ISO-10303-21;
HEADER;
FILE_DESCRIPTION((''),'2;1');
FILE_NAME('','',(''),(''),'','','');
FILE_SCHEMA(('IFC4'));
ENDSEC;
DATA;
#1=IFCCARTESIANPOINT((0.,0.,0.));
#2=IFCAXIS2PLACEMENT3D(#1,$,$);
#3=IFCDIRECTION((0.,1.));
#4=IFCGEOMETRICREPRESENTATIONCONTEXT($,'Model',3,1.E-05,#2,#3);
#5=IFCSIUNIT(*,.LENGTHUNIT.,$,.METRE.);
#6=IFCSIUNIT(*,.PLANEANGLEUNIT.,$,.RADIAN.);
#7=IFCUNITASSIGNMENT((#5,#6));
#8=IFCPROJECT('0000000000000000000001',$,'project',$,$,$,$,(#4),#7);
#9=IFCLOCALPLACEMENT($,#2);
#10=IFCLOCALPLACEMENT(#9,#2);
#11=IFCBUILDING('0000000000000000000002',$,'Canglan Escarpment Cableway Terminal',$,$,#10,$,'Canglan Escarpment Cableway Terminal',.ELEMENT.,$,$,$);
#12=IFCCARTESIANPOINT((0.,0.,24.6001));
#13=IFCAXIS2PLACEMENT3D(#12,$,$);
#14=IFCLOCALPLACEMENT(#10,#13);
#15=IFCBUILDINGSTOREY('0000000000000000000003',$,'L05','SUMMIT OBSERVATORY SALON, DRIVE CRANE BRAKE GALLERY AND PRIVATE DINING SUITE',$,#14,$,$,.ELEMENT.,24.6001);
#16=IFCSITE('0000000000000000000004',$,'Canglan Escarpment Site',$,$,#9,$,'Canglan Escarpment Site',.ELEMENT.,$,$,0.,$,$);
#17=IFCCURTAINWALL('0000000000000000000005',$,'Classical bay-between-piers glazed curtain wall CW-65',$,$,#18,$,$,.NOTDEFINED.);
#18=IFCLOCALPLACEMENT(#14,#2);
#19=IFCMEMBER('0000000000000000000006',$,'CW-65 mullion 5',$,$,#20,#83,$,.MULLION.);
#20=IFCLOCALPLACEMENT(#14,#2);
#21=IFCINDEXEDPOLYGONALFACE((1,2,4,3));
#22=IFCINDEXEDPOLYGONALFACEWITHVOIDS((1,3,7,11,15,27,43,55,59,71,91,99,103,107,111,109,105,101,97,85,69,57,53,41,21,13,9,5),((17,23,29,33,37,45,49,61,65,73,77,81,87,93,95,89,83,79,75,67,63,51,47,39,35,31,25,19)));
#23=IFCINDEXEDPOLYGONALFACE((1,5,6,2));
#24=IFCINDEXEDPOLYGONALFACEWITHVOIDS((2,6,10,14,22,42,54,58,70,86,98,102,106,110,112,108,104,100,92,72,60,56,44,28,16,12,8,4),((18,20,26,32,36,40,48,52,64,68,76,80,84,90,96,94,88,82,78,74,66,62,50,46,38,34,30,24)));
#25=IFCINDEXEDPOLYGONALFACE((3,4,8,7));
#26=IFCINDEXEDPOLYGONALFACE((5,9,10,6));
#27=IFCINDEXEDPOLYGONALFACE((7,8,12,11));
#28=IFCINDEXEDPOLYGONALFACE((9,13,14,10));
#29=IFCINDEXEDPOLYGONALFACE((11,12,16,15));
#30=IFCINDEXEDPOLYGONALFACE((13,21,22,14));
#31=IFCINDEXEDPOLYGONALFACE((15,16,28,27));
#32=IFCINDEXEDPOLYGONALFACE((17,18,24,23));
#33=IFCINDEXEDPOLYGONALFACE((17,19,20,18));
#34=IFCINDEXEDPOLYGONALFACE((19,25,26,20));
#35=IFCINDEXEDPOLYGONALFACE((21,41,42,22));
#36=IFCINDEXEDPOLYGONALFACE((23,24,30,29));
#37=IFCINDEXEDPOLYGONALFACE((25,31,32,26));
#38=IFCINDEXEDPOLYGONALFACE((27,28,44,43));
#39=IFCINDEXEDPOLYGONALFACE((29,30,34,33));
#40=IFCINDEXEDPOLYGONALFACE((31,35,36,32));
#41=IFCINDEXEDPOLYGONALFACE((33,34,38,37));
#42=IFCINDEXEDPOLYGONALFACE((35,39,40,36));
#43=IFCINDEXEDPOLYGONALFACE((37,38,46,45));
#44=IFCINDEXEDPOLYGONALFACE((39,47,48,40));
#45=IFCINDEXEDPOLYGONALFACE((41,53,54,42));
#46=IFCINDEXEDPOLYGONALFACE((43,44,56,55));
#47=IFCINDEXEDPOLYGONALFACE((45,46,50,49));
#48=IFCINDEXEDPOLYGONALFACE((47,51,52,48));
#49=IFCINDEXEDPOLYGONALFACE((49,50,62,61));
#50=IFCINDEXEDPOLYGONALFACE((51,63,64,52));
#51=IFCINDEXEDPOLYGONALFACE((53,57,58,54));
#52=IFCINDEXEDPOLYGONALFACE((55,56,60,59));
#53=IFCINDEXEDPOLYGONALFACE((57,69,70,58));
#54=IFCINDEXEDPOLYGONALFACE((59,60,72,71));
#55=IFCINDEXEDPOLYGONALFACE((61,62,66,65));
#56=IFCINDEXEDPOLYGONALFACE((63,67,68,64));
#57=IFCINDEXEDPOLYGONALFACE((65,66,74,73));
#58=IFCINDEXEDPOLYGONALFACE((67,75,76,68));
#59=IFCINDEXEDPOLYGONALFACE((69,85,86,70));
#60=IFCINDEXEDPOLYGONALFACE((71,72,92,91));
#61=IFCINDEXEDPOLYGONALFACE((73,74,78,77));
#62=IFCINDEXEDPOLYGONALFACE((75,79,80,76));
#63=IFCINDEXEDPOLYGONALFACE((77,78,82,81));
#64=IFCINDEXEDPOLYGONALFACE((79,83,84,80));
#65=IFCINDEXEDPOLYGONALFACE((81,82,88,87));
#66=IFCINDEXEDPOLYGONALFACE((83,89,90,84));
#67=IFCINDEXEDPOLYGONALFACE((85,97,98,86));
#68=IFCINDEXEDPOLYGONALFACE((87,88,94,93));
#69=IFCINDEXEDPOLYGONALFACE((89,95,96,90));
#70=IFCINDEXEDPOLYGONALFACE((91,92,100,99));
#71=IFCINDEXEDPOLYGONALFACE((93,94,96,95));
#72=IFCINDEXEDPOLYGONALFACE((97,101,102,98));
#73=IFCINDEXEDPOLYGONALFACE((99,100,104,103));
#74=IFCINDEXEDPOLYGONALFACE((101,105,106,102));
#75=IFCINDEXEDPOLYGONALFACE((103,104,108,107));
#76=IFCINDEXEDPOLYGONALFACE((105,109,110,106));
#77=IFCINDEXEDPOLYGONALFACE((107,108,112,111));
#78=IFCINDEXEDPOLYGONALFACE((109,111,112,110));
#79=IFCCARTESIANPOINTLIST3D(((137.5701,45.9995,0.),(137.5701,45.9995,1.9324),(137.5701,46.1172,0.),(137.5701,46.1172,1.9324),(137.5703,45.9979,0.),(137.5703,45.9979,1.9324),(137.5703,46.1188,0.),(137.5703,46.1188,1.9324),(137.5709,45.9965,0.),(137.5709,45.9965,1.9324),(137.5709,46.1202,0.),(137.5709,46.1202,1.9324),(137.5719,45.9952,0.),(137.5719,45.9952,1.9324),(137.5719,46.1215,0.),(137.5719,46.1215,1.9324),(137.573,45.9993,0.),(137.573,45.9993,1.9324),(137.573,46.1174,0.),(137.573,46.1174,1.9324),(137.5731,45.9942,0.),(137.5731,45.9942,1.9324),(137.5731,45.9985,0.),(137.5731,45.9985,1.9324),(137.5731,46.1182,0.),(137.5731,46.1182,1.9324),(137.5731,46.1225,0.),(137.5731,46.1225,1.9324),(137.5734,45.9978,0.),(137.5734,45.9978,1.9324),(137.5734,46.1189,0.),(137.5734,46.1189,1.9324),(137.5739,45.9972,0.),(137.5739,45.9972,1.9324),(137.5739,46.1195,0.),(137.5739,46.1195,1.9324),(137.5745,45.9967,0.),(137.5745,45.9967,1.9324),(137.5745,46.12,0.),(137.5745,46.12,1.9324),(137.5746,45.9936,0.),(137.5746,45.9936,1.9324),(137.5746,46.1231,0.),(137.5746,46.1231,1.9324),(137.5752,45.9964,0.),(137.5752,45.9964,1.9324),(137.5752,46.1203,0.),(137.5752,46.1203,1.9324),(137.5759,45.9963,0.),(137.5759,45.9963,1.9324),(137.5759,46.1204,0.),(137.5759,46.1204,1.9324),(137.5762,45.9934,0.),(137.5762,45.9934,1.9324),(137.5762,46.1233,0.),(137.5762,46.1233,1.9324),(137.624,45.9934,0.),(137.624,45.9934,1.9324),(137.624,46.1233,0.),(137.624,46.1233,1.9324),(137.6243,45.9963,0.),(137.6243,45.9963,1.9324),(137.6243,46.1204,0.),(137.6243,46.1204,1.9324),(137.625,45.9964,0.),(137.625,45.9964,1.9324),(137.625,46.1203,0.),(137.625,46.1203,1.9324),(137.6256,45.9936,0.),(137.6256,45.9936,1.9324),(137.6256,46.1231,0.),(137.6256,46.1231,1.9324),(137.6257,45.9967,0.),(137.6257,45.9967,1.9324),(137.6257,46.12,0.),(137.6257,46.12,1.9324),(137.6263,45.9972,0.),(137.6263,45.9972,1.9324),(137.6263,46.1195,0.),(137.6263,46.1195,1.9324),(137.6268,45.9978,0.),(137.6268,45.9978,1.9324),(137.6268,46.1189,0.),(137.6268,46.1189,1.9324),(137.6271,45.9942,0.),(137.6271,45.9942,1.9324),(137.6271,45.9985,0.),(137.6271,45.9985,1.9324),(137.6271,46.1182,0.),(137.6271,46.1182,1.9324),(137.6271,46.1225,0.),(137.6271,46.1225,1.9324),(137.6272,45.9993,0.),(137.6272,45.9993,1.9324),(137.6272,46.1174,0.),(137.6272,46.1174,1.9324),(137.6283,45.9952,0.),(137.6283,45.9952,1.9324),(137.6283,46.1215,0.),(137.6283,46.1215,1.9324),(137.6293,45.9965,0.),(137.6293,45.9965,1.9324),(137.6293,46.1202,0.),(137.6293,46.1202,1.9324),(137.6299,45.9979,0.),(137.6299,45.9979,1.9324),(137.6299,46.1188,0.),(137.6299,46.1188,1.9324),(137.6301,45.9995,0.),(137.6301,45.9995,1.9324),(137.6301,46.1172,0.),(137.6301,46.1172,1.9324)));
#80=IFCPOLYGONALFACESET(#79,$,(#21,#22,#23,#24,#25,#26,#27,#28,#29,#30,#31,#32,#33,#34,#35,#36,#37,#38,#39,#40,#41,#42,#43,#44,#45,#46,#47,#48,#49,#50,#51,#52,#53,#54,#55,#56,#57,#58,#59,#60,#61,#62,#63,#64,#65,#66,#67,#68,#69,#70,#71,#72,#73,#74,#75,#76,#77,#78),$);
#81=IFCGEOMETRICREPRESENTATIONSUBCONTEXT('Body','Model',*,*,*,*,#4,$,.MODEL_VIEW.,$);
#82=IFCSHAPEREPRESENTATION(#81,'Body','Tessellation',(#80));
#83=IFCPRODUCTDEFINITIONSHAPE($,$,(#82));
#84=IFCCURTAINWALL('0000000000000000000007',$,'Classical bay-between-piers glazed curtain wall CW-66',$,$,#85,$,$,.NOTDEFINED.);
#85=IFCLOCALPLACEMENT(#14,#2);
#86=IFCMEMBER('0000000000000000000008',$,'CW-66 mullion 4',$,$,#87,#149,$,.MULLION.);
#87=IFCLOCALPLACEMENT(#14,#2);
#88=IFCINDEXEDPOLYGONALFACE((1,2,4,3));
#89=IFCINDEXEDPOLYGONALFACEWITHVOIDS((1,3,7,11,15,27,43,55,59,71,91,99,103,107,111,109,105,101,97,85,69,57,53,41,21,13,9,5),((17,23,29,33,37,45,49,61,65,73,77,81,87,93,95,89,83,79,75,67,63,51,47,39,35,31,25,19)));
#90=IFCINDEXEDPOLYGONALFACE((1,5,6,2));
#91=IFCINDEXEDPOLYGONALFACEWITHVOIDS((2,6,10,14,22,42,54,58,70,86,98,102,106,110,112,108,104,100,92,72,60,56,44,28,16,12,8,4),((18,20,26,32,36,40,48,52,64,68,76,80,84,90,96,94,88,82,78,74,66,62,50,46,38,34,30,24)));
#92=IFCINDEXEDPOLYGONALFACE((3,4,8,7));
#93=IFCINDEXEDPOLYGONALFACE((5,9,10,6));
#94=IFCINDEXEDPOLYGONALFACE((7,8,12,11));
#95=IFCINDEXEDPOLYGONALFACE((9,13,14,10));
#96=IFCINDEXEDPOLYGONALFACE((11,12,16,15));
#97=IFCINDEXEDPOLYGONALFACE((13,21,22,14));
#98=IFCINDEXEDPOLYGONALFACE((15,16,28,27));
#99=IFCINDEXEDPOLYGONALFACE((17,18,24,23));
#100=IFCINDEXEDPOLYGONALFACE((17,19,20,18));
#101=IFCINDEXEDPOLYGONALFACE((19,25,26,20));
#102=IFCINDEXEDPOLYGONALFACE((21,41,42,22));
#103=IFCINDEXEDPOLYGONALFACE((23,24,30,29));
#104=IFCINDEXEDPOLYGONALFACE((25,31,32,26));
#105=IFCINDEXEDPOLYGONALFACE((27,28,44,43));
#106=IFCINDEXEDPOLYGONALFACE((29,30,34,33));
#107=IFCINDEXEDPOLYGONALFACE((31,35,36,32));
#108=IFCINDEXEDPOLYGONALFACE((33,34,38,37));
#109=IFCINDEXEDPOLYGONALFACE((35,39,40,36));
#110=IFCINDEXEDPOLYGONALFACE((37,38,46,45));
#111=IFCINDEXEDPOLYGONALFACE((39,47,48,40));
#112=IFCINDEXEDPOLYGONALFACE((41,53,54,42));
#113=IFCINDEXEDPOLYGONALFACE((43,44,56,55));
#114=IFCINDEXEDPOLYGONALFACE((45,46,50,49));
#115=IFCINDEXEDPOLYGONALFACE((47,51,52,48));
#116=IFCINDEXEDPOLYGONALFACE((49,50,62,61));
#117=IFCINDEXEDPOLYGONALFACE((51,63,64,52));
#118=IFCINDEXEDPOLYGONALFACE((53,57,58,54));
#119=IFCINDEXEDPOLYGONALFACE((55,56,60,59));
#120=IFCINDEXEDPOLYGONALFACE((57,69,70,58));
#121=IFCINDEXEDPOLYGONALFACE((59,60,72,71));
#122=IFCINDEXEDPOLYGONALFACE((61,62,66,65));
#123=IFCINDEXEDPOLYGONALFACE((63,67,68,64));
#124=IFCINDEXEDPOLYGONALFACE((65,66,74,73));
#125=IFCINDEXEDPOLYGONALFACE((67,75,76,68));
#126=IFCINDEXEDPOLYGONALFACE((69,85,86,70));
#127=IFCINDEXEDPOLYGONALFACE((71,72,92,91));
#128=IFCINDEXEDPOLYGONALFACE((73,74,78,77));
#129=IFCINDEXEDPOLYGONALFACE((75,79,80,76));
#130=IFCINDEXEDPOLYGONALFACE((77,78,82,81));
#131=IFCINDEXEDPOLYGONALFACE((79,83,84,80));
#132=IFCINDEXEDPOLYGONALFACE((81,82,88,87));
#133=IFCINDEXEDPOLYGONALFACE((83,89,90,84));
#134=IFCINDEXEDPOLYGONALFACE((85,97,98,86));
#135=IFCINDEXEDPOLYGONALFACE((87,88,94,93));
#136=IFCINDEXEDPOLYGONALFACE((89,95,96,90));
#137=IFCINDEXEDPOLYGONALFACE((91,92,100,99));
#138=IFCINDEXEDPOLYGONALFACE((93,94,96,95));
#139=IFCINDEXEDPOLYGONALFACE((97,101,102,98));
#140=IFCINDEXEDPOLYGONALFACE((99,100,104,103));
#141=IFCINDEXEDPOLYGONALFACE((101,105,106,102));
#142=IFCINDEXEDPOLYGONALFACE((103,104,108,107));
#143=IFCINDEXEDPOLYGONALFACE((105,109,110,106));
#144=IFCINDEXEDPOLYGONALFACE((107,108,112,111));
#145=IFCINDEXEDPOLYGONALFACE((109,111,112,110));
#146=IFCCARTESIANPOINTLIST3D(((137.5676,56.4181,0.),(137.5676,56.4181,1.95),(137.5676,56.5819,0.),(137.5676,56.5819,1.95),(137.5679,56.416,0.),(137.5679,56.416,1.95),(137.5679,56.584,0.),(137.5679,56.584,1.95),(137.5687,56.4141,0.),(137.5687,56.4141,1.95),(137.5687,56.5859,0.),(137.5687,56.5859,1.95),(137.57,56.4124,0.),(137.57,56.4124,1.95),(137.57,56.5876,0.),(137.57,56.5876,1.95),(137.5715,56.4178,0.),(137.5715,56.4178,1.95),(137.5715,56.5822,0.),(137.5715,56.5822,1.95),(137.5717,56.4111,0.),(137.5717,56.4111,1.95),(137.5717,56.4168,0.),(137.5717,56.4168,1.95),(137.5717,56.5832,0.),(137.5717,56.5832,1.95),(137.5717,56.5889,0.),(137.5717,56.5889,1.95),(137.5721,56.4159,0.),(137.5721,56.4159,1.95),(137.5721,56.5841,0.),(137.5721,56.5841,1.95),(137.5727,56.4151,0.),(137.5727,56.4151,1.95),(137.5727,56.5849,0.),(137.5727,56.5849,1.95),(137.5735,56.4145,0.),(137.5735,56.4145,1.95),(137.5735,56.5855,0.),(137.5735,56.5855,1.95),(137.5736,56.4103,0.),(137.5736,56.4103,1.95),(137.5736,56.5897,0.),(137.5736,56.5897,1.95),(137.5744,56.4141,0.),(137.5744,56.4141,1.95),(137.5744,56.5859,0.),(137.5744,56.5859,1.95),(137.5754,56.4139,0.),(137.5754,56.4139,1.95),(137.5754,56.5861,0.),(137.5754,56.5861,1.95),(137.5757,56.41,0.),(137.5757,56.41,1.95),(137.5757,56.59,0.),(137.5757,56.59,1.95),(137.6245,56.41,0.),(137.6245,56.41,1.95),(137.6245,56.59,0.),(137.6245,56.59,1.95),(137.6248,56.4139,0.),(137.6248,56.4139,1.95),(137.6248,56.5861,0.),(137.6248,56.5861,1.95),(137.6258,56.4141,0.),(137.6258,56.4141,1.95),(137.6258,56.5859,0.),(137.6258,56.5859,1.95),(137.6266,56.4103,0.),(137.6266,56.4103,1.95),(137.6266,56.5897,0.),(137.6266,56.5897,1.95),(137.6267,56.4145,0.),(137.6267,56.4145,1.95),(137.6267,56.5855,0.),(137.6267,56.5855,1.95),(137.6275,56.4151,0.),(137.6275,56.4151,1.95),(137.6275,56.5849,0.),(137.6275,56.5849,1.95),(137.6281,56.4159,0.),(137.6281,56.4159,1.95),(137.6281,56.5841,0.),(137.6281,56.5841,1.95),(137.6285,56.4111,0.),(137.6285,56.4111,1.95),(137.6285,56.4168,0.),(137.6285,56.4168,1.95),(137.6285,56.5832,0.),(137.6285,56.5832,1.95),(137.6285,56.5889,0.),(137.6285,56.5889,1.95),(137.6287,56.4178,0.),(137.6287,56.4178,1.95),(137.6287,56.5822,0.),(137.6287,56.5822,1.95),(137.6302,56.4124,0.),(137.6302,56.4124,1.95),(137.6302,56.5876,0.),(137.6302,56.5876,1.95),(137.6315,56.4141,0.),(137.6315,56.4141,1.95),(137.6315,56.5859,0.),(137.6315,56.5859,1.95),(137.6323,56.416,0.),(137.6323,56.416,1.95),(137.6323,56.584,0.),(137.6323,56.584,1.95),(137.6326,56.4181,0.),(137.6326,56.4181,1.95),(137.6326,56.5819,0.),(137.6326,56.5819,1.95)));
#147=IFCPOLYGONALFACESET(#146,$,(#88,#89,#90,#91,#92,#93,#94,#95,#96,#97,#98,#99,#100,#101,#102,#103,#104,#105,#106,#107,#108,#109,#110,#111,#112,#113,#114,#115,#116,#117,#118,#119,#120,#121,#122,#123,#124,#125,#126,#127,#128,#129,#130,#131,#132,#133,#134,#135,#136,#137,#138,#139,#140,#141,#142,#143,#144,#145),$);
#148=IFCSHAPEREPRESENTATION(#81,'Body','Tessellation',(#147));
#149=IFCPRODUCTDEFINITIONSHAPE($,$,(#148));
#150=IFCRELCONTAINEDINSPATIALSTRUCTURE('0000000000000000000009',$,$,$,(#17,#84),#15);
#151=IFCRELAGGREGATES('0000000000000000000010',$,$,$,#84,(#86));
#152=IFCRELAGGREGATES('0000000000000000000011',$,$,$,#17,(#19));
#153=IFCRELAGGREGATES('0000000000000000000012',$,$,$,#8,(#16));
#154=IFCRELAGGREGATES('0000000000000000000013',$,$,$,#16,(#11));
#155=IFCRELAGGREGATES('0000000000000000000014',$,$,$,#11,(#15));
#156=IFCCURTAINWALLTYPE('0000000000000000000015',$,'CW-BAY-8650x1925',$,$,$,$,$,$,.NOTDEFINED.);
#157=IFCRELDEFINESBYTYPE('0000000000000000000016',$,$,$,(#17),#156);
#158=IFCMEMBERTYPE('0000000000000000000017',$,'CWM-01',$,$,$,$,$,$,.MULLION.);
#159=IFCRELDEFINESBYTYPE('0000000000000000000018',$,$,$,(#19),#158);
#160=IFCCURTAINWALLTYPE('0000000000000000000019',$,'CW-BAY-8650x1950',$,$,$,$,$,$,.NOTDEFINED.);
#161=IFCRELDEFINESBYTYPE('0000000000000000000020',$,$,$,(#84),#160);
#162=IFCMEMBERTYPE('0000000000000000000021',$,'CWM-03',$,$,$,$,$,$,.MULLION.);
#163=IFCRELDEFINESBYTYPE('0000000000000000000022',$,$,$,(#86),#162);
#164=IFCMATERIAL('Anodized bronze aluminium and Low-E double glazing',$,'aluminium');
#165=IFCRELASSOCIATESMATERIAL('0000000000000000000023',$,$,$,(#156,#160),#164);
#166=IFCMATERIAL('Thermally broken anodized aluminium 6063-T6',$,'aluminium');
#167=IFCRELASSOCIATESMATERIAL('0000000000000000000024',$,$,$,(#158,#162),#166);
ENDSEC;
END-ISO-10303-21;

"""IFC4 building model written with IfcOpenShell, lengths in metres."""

from ifc_helpers import new_model, si_unit, direction, frame, origin, origin_2d, place, context, subcontext, project, spatial, hollow_rectangle, extrude, material, material_profile, profile_set, type_object, element, aggregate, save


model = new_model("IFC4")

# Units and contexts
model_context = context("Model", 3, precision=1e-05, world=origin(), true_north=direction((0.0, 1.0)))
body_context = subcontext(model_context, "Body", "Model", "MODEL_VIEW")
ifc_project = project(units=[si_unit("LENGTHUNIT", "METRE"), si_unit("PLANEANGLEUNIT", "RADIAN")], contexts=[model_context])

# Site, building, storey
site_placement = place(None, origin())
site = spatial("IfcSite", under=ifc_project, at=site_placement, Name="Canglan Escarpment Site", LongName="Canglan Escarpment Site", CompositionType="ELEMENT", RefElevation=0.0)
building_placement = place(site_placement, origin())
building = spatial("IfcBuilding", under=site, at=building_placement, Name="Canglan Escarpment Cableway Terminal", LongName="Canglan Escarpment Cableway Terminal", CompositionType="ELEMENT")
storey_placement = place(building_placement, frame((0.0, 0.0, 24.6001)))
storey = spatial("IfcBuildingStorey", under=building, at=storey_placement, Name="L05", Description="SUMMIT OBSERVATORY SALON, DRIVE CRANE BRAKE GALLERY AND PRIVATE DINING SUITE", CompositionType="ELEMENT", Elevation=24.6001)

# Curtain walls, members
ifc_material_1 = material(Name="Anodized bronze aluminium and Low-E double glazing", Category="aluminium")
curtain_wall_type_1 = type_object("IfcCurtainWallType", Name="CW-BAY-8650x1925", PredefinedType="NOTDEFINED", material=ifc_material_1)
curtain_wall_1_placement = place(storey_placement, origin())
curtain_wall_1 = element("IfcCurtainWall", 1, at=curtain_wall_1_placement, inside=storey, type_object=curtain_wall_type_1, Name="Classical bay-between-piers glazed curtain wall CW-65", PredefinedType="NOTDEFINED")
ifc_material_2 = material(Name="Thermally broken anodized aluminium 6063-T6", Category="aluminium")
ifc_material_profile_1 = material_profile(ifc_material_2, hollow_rectangle(XDim=0.0601, YDim=0.1299, WallThickness=0.0029, InnerFilletRadius=0.0029, OuterFilletRadius=0.0061, at=origin_2d()), Name="ALU-MULL 60x130x3")
ifc_profile_set_1 = profile_set([ifc_material_profile_1], Name="Thermally broken anodized aluminium 6063-T6")
member_type_1 = type_object("IfcMemberType", Name="CWM-01", PredefinedType="MULLION", material=ifc_profile_set_1)
member_1_placement = place(storey_placement, frame((137.6001, 46.0583, 0.0), z_axis=(0.0, 0.0, 1.0), x_axis=(1.0, 0.0, 0.0)))
member_1 = element("IfcMember", 2, at=member_1_placement, type_object=member_type_1, Name="CW-65 mullion 5", PredefinedType="MULLION", context=body_context, shape_type="SweptSolid", body=[
    extrude(hollow_rectangle(XDim=0.0601, YDim=0.1299, WallThickness=0.0029, InnerFilletRadius=0.0029, OuterFilletRadius=0.0061, at=origin_2d()), origin(), (0.0, 0.0, 1.0), 1.9324),
])
curtain_wall_type_2 = type_object("IfcCurtainWallType", Name="CW-BAY-8650x1950", PredefinedType="NOTDEFINED", material=ifc_material_1)
curtain_wall_2_placement = place(storey_placement, origin())
curtain_wall_2 = element("IfcCurtainWall", 3, at=curtain_wall_2_placement, inside=storey, type_object=curtain_wall_type_2, Name="Classical bay-between-piers glazed curtain wall CW-66", PredefinedType="NOTDEFINED")
ifc_material_profile_2 = material_profile(ifc_material_2, hollow_rectangle(XDim=0.0649, YDim=0.1799, WallThickness=0.0039, InnerFilletRadius=0.0039, OuterFilletRadius=0.0081, at=origin_2d()), Name="ALU-MULL 65x180x4")
ifc_profile_set_2 = profile_set([ifc_material_profile_2], Name="Thermally broken anodized aluminium 6063-T6")
member_type_2 = type_object("IfcMemberType", Name="CWM-03", PredefinedType="MULLION", material=ifc_profile_set_2)
member_2_placement = place(storey_placement, frame((137.6001, 56.5, 0.0), z_axis=(0.0, 0.0, 1.0), x_axis=(1.0, 0.0, 0.0)))
member_2 = element("IfcMember", 4, at=member_2_placement, type_object=member_type_2, Name="CW-66 mullion 4", PredefinedType="MULLION", context=body_context, shape_type="SweptSolid", body=[
    extrude(hollow_rectangle(XDim=0.0649, YDim=0.1799, WallThickness=0.0039, InnerFilletRadius=0.0039, OuterFilletRadius=0.0081, at=origin_2d()), origin(), (0.0, 0.0, 1.0), 1.95),
])
aggregate(curtain_wall_2, [member_2])

aggregate(curtain_wall_1, [member_1])

save(model, "model.ifc")
